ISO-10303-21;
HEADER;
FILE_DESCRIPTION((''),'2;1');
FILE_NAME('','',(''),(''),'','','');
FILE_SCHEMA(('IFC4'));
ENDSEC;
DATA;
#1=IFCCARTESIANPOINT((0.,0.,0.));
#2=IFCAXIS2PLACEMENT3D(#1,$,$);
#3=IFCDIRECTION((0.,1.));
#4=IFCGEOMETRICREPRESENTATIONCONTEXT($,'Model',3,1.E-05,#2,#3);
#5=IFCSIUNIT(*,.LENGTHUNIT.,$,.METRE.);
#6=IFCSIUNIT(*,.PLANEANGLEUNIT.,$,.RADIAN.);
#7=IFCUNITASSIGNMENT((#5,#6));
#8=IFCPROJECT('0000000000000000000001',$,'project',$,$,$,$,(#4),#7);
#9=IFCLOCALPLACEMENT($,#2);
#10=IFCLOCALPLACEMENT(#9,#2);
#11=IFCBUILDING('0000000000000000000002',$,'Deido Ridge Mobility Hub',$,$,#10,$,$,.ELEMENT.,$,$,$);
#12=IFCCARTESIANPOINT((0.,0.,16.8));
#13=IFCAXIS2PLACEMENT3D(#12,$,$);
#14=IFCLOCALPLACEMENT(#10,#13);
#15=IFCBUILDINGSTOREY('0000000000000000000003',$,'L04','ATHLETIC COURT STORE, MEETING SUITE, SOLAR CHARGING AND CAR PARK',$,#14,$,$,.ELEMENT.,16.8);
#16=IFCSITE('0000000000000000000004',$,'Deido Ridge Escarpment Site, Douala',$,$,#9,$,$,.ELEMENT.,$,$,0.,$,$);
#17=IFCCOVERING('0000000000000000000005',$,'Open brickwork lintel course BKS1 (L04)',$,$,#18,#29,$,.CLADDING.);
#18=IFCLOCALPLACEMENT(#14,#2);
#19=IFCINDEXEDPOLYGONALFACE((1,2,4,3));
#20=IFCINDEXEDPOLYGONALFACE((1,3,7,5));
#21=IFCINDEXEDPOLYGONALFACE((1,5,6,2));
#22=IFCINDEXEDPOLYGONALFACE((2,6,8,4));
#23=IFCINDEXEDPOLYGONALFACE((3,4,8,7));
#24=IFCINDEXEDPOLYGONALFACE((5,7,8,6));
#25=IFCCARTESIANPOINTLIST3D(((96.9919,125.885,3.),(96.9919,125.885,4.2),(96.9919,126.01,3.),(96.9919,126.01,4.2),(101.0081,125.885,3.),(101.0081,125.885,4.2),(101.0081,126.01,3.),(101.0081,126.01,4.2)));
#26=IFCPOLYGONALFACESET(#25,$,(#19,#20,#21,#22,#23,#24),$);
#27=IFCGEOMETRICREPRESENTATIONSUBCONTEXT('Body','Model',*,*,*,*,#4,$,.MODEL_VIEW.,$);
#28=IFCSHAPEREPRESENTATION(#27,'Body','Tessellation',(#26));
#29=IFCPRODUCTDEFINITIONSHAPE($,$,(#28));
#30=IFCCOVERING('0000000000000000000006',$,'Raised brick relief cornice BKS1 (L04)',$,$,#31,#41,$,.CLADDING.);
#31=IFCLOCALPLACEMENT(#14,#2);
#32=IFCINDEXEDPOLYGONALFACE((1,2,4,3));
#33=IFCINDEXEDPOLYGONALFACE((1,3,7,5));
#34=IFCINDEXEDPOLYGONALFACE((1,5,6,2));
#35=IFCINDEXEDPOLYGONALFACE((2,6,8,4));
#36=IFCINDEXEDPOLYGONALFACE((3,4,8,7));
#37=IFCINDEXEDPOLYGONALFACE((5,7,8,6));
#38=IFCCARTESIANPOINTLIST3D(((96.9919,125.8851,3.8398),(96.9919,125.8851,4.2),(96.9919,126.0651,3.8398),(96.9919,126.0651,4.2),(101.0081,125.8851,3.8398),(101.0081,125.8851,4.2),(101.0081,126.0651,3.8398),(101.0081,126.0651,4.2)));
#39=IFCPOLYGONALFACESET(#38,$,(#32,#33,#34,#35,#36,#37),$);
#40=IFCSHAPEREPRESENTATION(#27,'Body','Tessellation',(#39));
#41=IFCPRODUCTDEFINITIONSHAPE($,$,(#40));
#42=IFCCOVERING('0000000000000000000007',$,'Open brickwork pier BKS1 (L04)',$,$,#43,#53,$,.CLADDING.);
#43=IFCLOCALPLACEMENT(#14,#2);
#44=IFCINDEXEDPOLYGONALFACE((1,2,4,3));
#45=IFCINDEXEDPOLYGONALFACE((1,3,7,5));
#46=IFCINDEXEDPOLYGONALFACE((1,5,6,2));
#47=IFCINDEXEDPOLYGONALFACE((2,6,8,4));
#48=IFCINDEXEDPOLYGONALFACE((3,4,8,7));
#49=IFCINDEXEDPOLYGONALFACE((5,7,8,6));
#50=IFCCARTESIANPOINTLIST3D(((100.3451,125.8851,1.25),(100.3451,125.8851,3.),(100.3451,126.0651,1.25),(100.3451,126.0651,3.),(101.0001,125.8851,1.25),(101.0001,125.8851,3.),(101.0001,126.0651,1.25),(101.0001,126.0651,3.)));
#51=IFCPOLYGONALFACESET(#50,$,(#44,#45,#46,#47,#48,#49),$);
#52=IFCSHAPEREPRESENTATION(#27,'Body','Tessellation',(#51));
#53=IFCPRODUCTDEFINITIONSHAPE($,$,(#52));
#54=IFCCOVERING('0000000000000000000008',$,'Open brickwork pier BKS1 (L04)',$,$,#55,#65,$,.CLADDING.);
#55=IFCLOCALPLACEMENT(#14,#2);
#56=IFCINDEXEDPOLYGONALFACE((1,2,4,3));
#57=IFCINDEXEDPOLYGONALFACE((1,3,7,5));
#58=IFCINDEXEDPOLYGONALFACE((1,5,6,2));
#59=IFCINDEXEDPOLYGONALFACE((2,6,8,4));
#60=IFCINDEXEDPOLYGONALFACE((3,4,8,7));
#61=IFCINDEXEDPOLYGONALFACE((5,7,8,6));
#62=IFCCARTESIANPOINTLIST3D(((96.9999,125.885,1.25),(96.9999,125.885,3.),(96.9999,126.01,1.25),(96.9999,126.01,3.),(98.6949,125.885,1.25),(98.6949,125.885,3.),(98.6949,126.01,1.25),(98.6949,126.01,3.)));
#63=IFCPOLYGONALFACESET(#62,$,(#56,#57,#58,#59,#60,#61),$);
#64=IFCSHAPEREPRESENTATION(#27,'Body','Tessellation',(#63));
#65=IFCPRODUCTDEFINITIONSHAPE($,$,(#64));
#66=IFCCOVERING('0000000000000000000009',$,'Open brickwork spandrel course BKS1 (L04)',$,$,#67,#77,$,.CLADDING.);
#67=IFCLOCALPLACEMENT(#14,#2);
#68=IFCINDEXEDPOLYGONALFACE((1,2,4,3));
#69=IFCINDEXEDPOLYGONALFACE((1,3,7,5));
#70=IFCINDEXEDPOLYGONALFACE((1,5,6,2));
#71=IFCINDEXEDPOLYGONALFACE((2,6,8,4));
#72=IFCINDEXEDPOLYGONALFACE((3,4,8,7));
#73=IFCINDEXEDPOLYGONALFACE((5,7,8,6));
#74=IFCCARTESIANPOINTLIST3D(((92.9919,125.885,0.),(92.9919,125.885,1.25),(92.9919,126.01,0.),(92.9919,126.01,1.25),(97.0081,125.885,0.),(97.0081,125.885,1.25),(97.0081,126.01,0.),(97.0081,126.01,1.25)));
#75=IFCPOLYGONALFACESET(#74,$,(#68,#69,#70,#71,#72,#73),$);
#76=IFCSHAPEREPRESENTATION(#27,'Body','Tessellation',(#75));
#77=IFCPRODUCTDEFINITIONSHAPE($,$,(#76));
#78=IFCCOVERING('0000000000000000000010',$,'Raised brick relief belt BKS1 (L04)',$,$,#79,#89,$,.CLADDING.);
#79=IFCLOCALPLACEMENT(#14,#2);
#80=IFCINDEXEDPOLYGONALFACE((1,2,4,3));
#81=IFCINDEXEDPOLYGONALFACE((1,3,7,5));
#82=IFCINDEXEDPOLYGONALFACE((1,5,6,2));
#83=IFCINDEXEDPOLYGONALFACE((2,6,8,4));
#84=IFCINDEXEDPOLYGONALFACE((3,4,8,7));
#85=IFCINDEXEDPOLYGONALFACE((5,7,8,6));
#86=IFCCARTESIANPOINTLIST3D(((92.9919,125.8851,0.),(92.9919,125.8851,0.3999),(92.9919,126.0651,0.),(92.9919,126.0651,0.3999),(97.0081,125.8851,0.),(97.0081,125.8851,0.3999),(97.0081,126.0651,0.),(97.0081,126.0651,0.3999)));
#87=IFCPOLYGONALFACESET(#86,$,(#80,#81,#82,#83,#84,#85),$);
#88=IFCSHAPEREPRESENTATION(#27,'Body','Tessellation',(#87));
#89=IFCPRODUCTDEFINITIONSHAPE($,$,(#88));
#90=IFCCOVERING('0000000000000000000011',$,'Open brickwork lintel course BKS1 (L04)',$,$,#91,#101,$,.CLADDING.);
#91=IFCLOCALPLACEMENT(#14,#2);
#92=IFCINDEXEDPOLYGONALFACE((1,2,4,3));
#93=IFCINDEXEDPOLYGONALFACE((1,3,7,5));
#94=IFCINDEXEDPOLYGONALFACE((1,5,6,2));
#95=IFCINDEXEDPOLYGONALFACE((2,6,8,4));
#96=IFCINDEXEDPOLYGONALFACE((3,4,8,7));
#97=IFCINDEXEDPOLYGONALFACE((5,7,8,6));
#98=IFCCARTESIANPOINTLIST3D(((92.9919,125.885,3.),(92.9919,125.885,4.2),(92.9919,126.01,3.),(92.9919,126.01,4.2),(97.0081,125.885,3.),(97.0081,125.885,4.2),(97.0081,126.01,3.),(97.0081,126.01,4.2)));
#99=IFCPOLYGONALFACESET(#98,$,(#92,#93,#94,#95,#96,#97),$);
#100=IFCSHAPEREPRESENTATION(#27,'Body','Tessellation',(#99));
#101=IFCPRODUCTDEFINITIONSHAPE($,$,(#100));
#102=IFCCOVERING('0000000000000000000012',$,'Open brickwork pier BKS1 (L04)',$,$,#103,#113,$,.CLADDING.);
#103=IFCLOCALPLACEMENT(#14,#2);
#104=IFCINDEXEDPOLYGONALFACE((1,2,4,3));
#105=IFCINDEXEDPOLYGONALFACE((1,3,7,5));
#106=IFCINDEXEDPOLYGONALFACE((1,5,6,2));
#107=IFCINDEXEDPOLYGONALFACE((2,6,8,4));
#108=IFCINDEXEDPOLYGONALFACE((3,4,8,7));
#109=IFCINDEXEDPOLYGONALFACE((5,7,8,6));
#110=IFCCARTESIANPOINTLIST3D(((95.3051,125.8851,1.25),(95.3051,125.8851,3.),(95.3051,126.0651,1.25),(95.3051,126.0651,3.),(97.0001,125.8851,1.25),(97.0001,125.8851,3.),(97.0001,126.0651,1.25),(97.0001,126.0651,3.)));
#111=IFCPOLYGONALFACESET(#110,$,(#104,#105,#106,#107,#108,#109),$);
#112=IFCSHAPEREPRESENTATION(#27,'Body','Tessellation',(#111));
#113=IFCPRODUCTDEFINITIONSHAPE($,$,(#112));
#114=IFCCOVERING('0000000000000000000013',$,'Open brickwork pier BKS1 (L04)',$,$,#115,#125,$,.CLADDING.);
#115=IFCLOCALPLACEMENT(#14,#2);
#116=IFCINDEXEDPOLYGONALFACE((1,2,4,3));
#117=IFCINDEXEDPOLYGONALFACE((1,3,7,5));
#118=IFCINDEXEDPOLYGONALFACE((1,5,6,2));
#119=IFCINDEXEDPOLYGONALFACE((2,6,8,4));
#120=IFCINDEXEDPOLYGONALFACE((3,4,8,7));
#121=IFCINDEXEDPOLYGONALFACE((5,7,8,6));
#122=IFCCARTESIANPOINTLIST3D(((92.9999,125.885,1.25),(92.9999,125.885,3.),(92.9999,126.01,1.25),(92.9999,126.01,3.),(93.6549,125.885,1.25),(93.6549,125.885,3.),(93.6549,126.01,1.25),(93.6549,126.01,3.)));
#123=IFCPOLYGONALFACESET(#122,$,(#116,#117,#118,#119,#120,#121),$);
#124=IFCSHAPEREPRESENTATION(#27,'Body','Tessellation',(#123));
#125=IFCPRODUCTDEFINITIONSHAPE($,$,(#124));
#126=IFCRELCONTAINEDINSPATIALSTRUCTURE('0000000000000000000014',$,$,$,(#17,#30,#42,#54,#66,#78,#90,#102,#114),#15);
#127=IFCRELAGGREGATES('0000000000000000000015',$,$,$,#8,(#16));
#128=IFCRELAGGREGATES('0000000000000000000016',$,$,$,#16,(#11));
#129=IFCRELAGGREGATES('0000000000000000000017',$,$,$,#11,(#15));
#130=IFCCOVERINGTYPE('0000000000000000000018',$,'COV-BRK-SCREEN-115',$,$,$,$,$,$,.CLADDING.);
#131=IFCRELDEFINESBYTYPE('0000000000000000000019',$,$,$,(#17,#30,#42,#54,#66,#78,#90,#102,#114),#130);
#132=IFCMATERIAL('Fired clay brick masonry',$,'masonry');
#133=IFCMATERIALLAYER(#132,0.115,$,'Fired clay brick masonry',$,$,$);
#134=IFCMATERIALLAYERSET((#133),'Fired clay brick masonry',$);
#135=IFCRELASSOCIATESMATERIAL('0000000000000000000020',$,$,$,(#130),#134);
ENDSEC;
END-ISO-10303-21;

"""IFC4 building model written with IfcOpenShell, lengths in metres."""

from ifc_helpers import new_model, si_unit, direction, frame, origin, origin_2d, place, context, subcontext, project, spatial, rectangle, extrude, material, layer, layer_set, type_object, element, save


model = new_model("IFC4")

# Units and contexts
model_context = context("Model", 3, precision=1e-05, world=origin(), true_north=direction((0.0, 1.0)))
body_context = subcontext(model_context, "Body", "Model", "MODEL_VIEW")
ifc_project = project(units=[si_unit("LENGTHUNIT", "METRE"), si_unit("PLANEANGLEUNIT", "RADIAN")], contexts=[model_context])

# Site, building, storey
site_placement = place(None, origin())
site = spatial("IfcSite", under=ifc_project, at=site_placement, Name="Deido Ridge Escarpment Site, Douala", CompositionType="ELEMENT", RefElevation=0.0)
building_placement = place(site_placement, origin())
building = spatial("IfcBuilding", under=site, at=building_placement, Name="Deido Ridge Mobility Hub", CompositionType="ELEMENT")
storey_placement = place(building_placement, frame((0.0, 0.0, 16.8)))
storey = spatial("IfcBuildingStorey", under=building, at=storey_placement, Name="L04", Description="ATHLETIC COURT STORE, MEETING SUITE, SOLAR CHARGING AND CAR PARK", CompositionType="ELEMENT", Elevation=16.8)

# Coverings
ifc_material_1 = material(Name="Fired clay brick masonry", Category="masonry")
ifc_layer = layer(ifc_material_1, 0.115, Name="Fired clay brick masonry")
ifc_layer_set = layer_set([ifc_layer], Name="Fired clay brick masonry")
covering_type = type_object("IfcCoveringType", Name="COV-BRK-SCREEN-115", PredefinedType="CLADDING", material=ifc_layer_set)
covering_1_placement = place(storey_placement, frame((99.0, 125.9475, 3.0), z_axis=(0.0, 0.0, 1.0), x_axis=(-1.0, 0.0, 0.0)))
element("IfcCovering", 1, at=covering_1_placement, inside=storey, type_object=covering_type, Name="Open brickwork lintel course BKS1 (L04)", PredefinedType="CLADDING", context=body_context, shape_type="SweptSolid", body=[
    extrude(rectangle(XDim=4.0161, YDim=0.125, at=origin_2d()), origin(), (0.0, 0.0, 1.0), 1.2),
])
covering_2_placement = place(storey_placement, frame((99.0, 125.9751, 3.8398), z_axis=(0.0, 0.0, 1.0), x_axis=(-1.0, 0.0, 0.0)))
element("IfcCovering", 2, at=covering_2_placement, inside=storey, type_object=covering_type, Name="Raised brick relief cornice BKS1 (L04)", PredefinedType="CLADDING", context=body_context, shape_type="SweptSolid", body=[
    extrude(rectangle(XDim=4.0161, YDim=0.1799, at=origin_2d()), origin(), (0.0, 0.0, 1.0), 0.3601),
])
covering_3_placement = place(storey_placement, frame((100.6726, 125.9751, 1.25), z_axis=(0.0, 0.0, 1.0), x_axis=(-1.0, 0.0, 0.0)))
element("IfcCovering", 3, at=covering_3_placement, inside=storey, type_object=covering_type, Name="Open brickwork pier BKS1 (L04)", PredefinedType="CLADDING", context=body_context, shape_type="SweptSolid", body=[
    extrude(rectangle(XDim=0.655, YDim=0.1799, at=origin_2d()), origin(), (0.0, 0.0, 1.0), 1.75),
])
covering_4_placement = place(storey_placement, frame((97.8474, 125.9475, 1.25), z_axis=(0.0, 0.0, 1.0), x_axis=(-1.0, 0.0, 0.0)))
element("IfcCovering", 4, at=covering_4_placement, inside=storey, type_object=covering_type, Name="Open brickwork pier BKS1 (L04)", PredefinedType="CLADDING", context=body_context, shape_type="SweptSolid", body=[
    extrude(rectangle(XDim=1.6951, YDim=0.125, at=origin_2d()), origin(), (0.0, 0.0, 1.0), 1.75),
])
covering_5_placement = place(storey_placement, frame((95.0, 125.9475, 0.0), z_axis=(0.0, 0.0, 1.0), x_axis=(-1.0, 0.0, 0.0)))
element("IfcCovering", 5, at=covering_5_placement, inside=storey, type_object=covering_type, Name="Open brickwork spandrel course BKS1 (L04)", PredefinedType="CLADDING", context=body_context, shape_type="SweptSolid", body=[
    extrude(rectangle(XDim=4.0161, YDim=0.125, at=origin_2d()), origin(), (0.0, 0.0, 1.0), 1.25),
])
covering_6_placement = place(storey_placement, frame((95.0, 125.9751, 0.0), z_axis=(0.0, 0.0, 1.0), x_axis=(-1.0, 0.0, 0.0)))
element("IfcCovering", 6, at=covering_6_placement, inside=storey, type_object=covering_type, Name="Raised brick relief belt BKS1 (L04)", PredefinedType="CLADDING", context=body_context, shape_type="SweptSolid", body=[
    extrude(rectangle(XDim=4.0161, YDim=0.1799, at=origin_2d()), origin(), (0.0, 0.0, 1.0), 0.3999),
])
covering_7_placement = place(storey_placement, frame((95.0, 125.9475, 3.0), z_axis=(0.0, 0.0, 1.0), x_axis=(-1.0, 0.0, 0.0)))
element("IfcCovering", 7, at=covering_7_placement, inside=storey, type_object=covering_type, Name="Open brickwork lintel course BKS1 (L04)", PredefinedType="CLADDING", context=body_context, shape_type="SweptSolid", body=[
    extrude(rectangle(XDim=4.0161, YDim=0.125, at=origin_2d()), origin(), (0.0, 0.0, 1.0), 1.2),
])
covering_8_placement = place(storey_placement, frame((96.1526, 125.9751, 1.25), z_axis=(0.0, 0.0, 1.0), x_axis=(-1.0, 0.0, 0.0)))
element("IfcCovering", 8, at=covering_8_placement, inside=storey, type_object=covering_type, Name="Open brickwork pier BKS1 (L04)", PredefinedType="CLADDING", context=body_context, shape_type="SweptSolid", body=[
    extrude(rectangle(XDim=1.6951, YDim=0.1799, at=origin_2d()), origin(), (0.0, 0.0, 1.0), 1.75),
])
covering_9_placement = place(storey_placement, frame((93.3274, 125.9475, 1.25), z_axis=(0.0, 0.0, 1.0), x_axis=(-1.0, 0.0, 0.0)))
element("IfcCovering", 9, at=covering_9_placement, inside=storey, type_object=covering_type, Name="Open brickwork pier BKS1 (L04)", PredefinedType="CLADDING", context=body_context, shape_type="SweptSolid", body=[
    extrude(rectangle(XDim=0.655, YDim=0.125, at=origin_2d()), origin(), (0.0, 0.0, 1.0), 1.75),
])

save(model, "model.ifc")
